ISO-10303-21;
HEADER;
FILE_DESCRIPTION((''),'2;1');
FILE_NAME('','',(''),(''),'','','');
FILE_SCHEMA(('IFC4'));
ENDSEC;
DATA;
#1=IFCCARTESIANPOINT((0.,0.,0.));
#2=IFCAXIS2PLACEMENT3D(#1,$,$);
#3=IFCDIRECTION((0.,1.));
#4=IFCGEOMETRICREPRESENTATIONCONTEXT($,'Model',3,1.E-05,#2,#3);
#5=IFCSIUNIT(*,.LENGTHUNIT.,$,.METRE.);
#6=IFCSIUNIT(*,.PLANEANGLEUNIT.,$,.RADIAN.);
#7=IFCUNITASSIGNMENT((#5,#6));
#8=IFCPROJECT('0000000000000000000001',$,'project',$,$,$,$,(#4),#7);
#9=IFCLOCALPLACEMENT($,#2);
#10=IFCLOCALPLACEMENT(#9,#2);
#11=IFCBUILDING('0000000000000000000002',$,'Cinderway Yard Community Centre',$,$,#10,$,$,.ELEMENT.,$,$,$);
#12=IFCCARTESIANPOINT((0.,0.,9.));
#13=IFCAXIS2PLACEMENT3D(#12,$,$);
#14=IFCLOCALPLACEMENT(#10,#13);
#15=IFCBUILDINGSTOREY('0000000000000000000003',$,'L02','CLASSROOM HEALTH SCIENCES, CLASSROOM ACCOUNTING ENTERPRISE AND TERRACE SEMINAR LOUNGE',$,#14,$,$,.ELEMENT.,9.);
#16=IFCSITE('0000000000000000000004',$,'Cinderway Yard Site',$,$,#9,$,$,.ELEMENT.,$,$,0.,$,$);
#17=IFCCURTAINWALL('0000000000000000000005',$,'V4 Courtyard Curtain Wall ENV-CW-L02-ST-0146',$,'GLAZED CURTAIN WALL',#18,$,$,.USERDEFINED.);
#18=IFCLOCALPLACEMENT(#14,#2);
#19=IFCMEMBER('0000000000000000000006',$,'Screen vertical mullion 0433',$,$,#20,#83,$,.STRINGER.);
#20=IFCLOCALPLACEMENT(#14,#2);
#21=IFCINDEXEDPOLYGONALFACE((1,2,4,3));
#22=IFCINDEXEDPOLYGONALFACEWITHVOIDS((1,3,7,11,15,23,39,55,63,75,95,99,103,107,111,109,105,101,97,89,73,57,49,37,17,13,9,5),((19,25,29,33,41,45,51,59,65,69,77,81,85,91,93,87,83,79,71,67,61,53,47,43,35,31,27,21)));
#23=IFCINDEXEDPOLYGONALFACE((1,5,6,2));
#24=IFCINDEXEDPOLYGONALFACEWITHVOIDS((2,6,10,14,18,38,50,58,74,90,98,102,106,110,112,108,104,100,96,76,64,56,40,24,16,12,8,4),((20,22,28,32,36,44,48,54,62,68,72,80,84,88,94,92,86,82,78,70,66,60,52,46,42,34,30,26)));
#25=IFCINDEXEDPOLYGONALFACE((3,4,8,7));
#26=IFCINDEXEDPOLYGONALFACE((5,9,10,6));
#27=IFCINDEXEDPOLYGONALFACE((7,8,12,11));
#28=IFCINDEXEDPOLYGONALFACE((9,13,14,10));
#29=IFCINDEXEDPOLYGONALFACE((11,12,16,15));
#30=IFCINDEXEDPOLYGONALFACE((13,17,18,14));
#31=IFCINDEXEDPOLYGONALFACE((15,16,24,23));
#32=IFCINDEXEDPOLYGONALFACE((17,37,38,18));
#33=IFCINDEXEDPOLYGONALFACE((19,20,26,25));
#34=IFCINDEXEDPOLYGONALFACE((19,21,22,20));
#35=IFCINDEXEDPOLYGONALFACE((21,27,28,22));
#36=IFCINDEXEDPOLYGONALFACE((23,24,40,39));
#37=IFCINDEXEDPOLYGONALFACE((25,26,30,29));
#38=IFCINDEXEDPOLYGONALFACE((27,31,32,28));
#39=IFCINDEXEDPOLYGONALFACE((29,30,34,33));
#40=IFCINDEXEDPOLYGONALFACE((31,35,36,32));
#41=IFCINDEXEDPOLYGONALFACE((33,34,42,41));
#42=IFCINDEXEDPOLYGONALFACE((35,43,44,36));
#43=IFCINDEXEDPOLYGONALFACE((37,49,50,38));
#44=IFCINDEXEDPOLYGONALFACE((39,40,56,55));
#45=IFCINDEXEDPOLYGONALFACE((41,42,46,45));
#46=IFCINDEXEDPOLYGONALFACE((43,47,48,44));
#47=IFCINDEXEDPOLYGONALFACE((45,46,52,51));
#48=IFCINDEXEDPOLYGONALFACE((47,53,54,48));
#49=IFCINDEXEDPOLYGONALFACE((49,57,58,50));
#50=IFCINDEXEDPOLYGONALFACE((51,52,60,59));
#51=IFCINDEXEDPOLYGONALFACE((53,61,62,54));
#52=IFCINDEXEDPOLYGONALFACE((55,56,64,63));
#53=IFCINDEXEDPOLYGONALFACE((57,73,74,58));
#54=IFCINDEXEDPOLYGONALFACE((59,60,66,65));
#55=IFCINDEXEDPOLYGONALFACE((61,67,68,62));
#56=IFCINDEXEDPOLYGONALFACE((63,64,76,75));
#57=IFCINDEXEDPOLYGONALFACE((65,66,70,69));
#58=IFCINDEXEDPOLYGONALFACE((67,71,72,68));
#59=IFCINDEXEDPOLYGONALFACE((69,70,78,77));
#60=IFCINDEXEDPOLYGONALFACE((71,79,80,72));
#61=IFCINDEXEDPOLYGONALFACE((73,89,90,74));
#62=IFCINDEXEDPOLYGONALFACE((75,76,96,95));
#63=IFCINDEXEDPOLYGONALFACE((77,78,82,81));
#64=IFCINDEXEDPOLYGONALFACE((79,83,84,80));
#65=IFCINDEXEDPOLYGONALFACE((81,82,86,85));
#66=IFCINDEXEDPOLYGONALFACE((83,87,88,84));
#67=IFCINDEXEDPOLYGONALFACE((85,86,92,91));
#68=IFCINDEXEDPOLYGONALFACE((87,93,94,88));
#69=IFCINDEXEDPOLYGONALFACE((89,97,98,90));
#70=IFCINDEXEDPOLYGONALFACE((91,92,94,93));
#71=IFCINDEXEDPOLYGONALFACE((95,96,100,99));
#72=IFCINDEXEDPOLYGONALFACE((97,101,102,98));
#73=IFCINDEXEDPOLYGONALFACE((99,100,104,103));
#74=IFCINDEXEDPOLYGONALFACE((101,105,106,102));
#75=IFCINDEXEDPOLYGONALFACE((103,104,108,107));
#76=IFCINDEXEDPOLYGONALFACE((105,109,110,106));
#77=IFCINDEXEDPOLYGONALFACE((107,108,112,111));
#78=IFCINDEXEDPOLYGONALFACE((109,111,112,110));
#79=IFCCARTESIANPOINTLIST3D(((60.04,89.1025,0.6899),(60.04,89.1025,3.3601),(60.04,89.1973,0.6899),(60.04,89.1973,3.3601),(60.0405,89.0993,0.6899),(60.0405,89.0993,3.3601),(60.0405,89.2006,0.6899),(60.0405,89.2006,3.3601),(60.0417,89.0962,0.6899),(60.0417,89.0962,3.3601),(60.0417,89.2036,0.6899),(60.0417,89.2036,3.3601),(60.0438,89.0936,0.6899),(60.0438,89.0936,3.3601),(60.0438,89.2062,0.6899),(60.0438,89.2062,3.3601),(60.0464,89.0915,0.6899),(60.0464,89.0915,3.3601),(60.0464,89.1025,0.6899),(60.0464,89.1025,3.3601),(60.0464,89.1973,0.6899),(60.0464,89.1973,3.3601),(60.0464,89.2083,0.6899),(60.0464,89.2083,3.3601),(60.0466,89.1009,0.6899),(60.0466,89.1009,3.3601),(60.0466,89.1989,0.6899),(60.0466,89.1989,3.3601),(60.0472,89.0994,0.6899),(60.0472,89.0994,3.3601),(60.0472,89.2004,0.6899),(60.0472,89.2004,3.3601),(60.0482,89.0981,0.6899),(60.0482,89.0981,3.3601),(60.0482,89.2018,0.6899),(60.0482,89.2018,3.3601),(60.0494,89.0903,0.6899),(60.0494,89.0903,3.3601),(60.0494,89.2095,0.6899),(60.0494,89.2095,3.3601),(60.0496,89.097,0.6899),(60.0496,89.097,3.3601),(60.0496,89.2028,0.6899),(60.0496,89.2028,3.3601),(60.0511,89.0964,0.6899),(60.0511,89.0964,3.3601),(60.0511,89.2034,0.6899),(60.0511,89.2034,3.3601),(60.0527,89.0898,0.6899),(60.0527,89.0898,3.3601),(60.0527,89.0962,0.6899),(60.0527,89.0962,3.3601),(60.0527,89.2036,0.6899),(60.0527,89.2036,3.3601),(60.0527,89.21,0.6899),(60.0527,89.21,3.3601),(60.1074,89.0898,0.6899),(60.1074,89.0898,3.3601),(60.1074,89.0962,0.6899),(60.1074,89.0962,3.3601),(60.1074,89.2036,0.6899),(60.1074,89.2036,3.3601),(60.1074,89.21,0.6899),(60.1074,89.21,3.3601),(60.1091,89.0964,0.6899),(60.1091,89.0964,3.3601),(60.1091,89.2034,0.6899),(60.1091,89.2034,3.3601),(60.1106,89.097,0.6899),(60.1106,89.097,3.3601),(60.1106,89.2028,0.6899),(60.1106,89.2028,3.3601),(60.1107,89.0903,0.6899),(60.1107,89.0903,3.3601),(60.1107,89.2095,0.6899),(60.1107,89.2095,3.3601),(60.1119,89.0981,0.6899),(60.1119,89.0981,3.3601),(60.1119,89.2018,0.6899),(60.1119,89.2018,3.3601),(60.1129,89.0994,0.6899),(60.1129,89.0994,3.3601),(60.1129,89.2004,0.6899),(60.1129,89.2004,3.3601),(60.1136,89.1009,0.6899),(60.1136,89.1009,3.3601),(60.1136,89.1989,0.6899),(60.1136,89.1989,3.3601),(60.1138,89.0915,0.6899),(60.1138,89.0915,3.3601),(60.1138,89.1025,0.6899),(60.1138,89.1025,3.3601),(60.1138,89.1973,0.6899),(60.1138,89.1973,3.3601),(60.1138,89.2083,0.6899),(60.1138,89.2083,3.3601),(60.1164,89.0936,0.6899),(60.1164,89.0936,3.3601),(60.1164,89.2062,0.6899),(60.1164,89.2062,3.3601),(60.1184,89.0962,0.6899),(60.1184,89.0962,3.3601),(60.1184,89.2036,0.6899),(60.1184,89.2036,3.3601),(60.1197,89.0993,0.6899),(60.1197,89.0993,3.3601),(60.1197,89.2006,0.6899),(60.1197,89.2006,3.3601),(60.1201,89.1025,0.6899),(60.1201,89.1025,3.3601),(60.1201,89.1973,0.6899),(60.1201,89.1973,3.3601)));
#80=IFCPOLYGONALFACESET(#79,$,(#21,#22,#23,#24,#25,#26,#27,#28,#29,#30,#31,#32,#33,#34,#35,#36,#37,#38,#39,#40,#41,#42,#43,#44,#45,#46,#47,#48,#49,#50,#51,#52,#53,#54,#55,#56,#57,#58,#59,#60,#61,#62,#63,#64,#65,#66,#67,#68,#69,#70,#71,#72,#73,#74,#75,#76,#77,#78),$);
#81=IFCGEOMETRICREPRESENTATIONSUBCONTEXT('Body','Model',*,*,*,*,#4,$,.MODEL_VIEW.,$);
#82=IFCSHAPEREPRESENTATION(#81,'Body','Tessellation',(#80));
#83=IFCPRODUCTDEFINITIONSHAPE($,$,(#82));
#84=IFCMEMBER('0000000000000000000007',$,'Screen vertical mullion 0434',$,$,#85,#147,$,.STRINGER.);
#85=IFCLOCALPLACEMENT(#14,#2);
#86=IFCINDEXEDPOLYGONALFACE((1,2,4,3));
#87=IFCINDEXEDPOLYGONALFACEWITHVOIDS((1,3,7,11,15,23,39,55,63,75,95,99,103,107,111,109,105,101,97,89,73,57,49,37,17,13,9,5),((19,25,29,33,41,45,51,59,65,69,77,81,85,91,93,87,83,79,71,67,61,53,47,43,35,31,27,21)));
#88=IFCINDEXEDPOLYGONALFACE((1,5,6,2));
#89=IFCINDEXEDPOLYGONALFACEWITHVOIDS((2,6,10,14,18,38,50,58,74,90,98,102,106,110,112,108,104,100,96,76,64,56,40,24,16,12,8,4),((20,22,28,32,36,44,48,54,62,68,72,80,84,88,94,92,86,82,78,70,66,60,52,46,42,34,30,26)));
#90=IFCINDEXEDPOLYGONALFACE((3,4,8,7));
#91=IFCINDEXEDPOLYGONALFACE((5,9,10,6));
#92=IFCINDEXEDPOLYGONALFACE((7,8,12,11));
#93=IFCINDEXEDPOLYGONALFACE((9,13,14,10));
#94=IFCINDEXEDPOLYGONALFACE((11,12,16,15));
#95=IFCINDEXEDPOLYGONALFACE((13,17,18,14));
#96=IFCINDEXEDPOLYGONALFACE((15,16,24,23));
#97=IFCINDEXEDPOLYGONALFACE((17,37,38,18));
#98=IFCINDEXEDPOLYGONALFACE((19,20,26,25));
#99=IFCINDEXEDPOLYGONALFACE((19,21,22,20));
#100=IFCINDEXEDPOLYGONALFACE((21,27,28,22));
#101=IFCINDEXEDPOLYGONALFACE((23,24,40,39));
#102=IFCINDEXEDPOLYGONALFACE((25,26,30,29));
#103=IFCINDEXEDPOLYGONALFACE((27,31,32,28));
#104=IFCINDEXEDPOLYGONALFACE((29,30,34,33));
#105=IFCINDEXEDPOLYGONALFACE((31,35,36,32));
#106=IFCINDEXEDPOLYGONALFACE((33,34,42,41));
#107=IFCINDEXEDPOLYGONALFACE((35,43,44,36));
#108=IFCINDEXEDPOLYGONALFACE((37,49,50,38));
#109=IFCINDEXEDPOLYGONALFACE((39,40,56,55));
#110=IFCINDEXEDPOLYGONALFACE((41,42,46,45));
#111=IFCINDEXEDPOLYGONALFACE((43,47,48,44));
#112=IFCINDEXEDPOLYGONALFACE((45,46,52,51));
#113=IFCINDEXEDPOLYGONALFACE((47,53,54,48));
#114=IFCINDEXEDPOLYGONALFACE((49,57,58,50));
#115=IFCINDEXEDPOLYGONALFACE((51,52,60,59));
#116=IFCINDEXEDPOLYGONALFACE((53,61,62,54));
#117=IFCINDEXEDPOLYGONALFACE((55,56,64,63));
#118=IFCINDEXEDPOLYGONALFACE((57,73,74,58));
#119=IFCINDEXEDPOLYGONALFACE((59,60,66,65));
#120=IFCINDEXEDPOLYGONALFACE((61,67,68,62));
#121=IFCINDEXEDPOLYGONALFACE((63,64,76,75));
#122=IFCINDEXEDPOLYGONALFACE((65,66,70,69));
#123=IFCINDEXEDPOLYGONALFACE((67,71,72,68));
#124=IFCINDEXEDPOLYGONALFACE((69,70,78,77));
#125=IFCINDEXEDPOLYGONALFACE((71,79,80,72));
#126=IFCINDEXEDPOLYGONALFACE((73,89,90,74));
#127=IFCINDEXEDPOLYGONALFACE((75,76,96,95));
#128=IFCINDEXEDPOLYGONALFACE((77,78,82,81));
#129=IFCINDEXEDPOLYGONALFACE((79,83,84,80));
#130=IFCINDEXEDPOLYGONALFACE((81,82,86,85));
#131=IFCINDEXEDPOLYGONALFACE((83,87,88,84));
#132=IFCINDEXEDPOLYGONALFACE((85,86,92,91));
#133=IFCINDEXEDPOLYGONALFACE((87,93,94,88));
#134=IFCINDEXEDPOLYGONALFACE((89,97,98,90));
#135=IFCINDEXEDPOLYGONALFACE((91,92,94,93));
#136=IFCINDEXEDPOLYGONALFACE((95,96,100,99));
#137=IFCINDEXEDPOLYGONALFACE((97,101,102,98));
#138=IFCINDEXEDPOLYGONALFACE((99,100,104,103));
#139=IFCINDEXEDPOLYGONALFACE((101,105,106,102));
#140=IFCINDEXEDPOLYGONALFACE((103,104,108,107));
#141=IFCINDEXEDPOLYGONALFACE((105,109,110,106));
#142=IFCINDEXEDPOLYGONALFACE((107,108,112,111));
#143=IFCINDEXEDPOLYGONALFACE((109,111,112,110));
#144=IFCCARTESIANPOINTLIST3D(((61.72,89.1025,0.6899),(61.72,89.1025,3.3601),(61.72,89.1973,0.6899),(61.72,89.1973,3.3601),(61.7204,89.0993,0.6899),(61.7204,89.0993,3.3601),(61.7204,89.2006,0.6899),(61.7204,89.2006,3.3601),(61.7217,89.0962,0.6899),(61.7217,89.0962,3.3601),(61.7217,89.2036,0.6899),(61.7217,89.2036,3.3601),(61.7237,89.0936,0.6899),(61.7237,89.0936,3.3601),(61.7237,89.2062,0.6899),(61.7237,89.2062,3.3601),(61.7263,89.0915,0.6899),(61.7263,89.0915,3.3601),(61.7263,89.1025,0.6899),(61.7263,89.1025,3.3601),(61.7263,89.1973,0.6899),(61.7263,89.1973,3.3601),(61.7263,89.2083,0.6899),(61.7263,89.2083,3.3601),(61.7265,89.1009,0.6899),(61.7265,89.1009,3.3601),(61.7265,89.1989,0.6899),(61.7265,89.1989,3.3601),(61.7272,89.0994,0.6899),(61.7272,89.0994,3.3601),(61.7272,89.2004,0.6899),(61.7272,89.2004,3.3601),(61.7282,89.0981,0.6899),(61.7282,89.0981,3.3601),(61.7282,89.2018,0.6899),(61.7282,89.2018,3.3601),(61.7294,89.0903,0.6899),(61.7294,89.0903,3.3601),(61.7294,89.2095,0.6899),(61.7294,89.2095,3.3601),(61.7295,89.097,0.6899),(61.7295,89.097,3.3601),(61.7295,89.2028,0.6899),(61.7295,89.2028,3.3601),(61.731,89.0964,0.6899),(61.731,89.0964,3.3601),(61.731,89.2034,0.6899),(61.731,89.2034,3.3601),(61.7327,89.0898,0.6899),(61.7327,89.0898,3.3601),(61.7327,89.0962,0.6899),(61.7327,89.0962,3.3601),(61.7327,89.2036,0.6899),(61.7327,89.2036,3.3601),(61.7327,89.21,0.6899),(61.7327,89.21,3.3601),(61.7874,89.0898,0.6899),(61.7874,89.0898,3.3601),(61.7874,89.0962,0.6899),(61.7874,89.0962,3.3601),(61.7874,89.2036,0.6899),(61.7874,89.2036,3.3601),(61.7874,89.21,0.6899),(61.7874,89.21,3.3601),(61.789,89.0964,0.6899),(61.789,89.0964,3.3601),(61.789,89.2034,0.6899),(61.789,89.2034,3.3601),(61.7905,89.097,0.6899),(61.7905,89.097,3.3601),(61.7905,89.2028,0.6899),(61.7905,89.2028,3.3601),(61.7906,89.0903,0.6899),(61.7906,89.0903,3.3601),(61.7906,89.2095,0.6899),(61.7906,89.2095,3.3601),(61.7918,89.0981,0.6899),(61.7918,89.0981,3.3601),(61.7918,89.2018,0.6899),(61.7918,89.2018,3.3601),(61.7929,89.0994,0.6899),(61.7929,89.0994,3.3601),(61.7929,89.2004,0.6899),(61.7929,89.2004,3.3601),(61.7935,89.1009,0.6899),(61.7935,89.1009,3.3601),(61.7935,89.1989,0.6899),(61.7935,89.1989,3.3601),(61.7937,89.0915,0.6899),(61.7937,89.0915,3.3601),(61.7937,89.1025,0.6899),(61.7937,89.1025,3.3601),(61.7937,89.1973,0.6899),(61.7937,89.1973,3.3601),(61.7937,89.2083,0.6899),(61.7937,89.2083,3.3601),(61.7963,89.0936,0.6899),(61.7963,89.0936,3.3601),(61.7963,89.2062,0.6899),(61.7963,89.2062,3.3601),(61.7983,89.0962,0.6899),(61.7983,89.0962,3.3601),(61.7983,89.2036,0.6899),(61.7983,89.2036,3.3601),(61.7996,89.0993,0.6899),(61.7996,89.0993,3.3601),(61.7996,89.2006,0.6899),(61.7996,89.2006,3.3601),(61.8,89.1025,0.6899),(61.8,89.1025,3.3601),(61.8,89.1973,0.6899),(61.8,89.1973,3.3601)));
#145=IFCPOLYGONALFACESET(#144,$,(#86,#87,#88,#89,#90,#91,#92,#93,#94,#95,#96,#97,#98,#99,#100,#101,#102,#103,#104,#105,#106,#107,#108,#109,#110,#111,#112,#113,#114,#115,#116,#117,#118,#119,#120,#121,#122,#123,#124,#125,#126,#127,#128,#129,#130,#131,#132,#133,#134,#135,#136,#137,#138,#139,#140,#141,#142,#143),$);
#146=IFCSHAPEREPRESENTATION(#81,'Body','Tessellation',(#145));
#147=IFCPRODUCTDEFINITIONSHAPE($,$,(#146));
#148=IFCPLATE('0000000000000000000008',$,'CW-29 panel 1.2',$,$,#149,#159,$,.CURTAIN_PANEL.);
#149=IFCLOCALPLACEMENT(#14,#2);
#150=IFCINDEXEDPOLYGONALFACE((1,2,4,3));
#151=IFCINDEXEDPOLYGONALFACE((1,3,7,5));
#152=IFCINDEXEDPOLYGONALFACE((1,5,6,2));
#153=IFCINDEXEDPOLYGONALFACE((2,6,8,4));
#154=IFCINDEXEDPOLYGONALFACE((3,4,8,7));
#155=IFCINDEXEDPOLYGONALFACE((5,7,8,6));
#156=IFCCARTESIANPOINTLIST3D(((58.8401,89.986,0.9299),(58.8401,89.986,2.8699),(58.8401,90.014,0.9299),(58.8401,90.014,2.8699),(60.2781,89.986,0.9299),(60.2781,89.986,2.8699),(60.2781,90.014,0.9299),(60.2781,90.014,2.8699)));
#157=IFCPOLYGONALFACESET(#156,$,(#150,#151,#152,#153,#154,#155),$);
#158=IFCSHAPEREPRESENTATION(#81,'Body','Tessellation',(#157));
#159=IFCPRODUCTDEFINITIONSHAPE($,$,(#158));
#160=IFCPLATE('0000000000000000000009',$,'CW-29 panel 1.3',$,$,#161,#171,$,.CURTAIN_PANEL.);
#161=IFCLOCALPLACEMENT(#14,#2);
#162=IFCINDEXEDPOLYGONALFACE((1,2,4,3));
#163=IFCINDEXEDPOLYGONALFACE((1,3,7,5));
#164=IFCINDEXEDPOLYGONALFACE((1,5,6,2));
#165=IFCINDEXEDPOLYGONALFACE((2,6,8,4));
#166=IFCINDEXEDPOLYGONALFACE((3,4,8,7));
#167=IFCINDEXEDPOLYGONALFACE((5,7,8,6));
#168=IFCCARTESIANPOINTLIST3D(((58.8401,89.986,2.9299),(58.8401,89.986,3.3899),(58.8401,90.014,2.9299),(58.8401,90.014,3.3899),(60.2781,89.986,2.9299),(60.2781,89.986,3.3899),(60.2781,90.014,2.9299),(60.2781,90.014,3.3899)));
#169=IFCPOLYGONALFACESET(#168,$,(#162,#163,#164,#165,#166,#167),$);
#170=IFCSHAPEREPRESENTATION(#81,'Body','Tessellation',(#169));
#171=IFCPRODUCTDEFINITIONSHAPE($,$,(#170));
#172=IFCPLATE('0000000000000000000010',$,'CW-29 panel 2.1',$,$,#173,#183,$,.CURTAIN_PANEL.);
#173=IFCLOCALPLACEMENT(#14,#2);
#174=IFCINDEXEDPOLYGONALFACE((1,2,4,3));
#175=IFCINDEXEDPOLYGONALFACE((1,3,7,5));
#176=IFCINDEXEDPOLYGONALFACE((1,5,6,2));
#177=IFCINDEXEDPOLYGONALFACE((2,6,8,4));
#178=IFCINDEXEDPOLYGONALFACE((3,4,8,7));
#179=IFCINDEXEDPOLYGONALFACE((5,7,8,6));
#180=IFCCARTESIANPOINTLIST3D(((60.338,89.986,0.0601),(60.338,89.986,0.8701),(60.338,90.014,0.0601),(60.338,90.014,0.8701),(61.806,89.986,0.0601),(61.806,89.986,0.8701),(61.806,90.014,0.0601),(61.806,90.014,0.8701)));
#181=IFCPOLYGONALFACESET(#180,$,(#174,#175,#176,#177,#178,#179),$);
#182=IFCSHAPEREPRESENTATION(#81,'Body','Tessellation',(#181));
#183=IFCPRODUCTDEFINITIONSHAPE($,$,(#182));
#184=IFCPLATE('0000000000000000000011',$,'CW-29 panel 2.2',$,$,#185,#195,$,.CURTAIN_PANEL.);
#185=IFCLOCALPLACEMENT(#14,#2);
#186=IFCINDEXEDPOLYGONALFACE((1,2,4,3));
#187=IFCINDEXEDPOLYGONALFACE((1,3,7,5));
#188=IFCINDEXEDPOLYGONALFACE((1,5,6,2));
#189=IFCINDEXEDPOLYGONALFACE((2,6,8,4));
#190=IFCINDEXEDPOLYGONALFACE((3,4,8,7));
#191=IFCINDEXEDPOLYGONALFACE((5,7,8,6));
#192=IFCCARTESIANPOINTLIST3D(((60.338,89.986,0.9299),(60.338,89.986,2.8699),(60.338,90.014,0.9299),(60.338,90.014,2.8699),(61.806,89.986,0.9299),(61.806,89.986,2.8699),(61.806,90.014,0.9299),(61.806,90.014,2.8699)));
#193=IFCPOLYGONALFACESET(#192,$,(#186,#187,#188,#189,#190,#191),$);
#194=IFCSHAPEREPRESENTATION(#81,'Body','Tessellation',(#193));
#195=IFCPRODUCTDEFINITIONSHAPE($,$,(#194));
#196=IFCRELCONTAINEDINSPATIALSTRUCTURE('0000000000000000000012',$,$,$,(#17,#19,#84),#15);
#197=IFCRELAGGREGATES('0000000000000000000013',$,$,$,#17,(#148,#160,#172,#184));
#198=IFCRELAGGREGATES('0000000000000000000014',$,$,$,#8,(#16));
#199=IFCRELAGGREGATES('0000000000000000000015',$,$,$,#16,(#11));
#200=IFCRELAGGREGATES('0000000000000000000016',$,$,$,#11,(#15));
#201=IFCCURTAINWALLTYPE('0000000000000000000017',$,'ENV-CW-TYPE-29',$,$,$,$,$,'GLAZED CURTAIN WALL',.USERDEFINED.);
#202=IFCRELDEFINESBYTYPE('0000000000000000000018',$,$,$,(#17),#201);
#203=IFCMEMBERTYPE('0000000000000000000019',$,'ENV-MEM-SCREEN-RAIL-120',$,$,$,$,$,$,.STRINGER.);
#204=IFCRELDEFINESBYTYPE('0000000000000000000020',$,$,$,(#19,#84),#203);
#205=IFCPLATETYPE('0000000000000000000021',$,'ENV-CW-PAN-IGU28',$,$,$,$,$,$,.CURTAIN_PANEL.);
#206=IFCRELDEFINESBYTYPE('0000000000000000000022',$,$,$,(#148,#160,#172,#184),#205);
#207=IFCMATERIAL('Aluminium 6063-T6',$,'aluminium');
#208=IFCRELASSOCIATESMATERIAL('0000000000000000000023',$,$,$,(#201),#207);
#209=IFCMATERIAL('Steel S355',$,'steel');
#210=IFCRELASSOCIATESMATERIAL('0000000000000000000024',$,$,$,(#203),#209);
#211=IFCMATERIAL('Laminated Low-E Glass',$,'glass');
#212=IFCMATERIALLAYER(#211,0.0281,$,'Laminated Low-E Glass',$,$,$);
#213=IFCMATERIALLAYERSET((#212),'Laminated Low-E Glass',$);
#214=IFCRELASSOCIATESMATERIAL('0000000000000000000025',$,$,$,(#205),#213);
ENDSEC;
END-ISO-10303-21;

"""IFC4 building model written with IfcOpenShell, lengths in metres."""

from ifc_helpers import new_model, si_unit, direction, frame, origin, origin_2d, place, context, subcontext, project, spatial, rectangle, hollow_rectangle, extrude, material, layer, layer_set, material_profile, profile_set, type_object, element, aggregate, save


model = new_model("IFC4")

# Units and contexts
model_context = context("Model", 3, precision=1e-05, world=origin(), true_north=direction((0.0, 1.0)))
body_context = subcontext(model_context, "Body", "Model", "MODEL_VIEW")
ifc_project = project(units=[si_unit("LENGTHUNIT", "METRE"), si_unit("PLANEANGLEUNIT", "RADIAN")], contexts=[model_context])

# Site, building, storey
site_placement = place(None, origin())
site = spatial("IfcSite", under=ifc_project, at=site_placement, Name="Cinderway Yard Site", CompositionType="ELEMENT", RefElevation=0.0)
building_placement = place(site_placement, origin())
building = spatial("IfcBuilding", under=site, at=building_placement, Name="Cinderway Yard Community Centre", CompositionType="ELEMENT")
storey_placement = place(building_placement, frame((0.0, 0.0, 9.0)))
storey = spatial("IfcBuildingStorey", under=building, at=storey_placement, Name="L02", Description="CLASSROOM HEALTH SCIENCES, CLASSROOM ACCOUNTING ENTERPRISE AND TERRACE SEMINAR LOUNGE", CompositionType="ELEMENT", Elevation=9.0)

# Curtain wall
ifc_material_1 = material(Name="Aluminium 6063-T6", Category="aluminium")
curtain_wall_type = type_object("IfcCurtainWallType", Name="ENV-CW-TYPE-29", ElementType="GLAZED CURTAIN WALL", PredefinedType="USERDEFINED", material=ifc_material_1)
curtain_wall_placement = place(storey_placement, origin())
curtain_wall = element("IfcCurtainWall", 1, at=curtain_wall_placement, inside=storey, type_object=curtain_wall_type, Name="V4 Courtyard Curtain Wall ENV-CW-L02-ST-0146", ObjectType="GLAZED CURTAIN WALL", PredefinedType="USERDEFINED")

# Members
ifc_material_2 = material(Name="Steel S355", Category="steel")
ifc_material_profile_1 = material_profile(ifc_material_2, hollow_rectangle(XDim=0.0801, YDim=0.1201, WallThickness=0.0063, InnerFilletRadius=0.0063, OuterFilletRadius=0.0127, at=origin_2d()), Name="Steel S355")
ifc_profile_set_1 = profile_set([ifc_material_profile_1], Name="Steel S355")
member_type_1 = type_object("IfcMemberType", Name="ENV-MEM-SCREEN-RAIL-120", PredefinedType="STRINGER", material=ifc_profile_set_1)
for number, where, z_axis, x_axis, name in (
    (2, (60.0801, 89.1499, 0.6899), (0.0, 0.0, 1.0), (1.0, 0.0, 0.0), "Screen vertical mullion 0433"),
    (3, (61.76, 89.1499, 0.6899), (0.0, 0.0, 1.0), (1.0, 0.0, 0.0), "Screen vertical mullion 0434"),
):
    element("IfcMember", number, at=place(storey_placement, frame(where, z_axis=z_axis, x_axis=x_axis)), inside=storey, type_object=member_type_1, Name=name, PredefinedType="STRINGER", context=body_context, shape_type="SweptSolid", body=[
        extrude(hollow_rectangle(XDim=0.0801, YDim=0.1201, WallThickness=0.0063, InnerFilletRadius=0.0063, OuterFilletRadius=0.0127, at=origin_2d()), origin(), (0.0, 0.0, 1.0), 2.6702),
    ])

# Plates
ifc_material_3 = material(Name="Laminated Low-E Glass", Category="glass")
ifc_layer_1 = layer(ifc_material_3, 0.0281, Name="Laminated Low-E Glass")
ifc_layer_set_1 = layer_set([ifc_layer_1], Name="Laminated Low-E Glass")
plate_type_1 = type_object("IfcPlateType", Name="ENV-CW-PAN-IGU28", PredefinedType="CURTAIN_PANEL", material=ifc_layer_set_1)
plate_1_placement = place(storey_placement, frame((59.5591, 90.0, 0.9299), z_axis=(0.0, 0.0, 1.0), x_axis=(1.0, 0.0, 0.0)))
plate_1 = element("IfcPlate", 4, at=plate_1_placement, type_object=plate_type_1, Name="CW-29 panel 1.2", PredefinedType="CURTAIN_PANEL", context=body_context, shape_type="SweptSolid", body=[
    extrude(rectangle(XDim=1.438, YDim=0.0281, at=origin_2d()), origin(), (0.0, 0.0, 1.0), 1.9399),
])
plate_2_placement = place(storey_placement, frame((59.5591, 90.0, 2.9299), z_axis=(0.0, 0.0, 1.0), x_axis=(1.0, 0.0, 0.0)))
plate_2 = element("IfcPlate", 5, at=plate_2_placement, type_object=plate_type_1, Name="CW-29 panel 1.3", PredefinedType="CURTAIN_PANEL", context=body_context, shape_type="SweptSolid", body=[
    extrude(rectangle(XDim=1.438, YDim=0.0281, at=origin_2d()), origin(), (0.0, 0.0, 1.0), 0.46),
])
plate_3_placement = place(storey_placement, frame((61.072, 90.0, 0.0601), z_axis=(0.0, 0.0, 1.0), x_axis=(1.0, 0.0, 0.0)))
plate_3 = element("IfcPlate", 6, at=plate_3_placement, type_object=plate_type_1, Name="CW-29 panel 2.1", PredefinedType="CURTAIN_PANEL", context=body_context, shape_type="SweptSolid", body=[
    extrude(rectangle(XDim=1.468, YDim=0.0281, at=origin_2d()), origin(), (0.0, 0.0, 1.0), 0.8101),
])
plate_4_placement = place(storey_placement, frame((61.072, 90.0, 0.9299), z_axis=(0.0, 0.0, 1.0), x_axis=(1.0, 0.0, 0.0)))
plate_4 = element("IfcPlate", 7, at=plate_4_placement, type_object=plate_type_1, Name="CW-29 panel 2.2", PredefinedType="CURTAIN_PANEL", context=body_context, shape_type="SweptSolid", body=[
    extrude(rectangle(XDim=1.468, YDim=0.0281, at=origin_2d()), origin(), (0.0, 0.0, 1.0), 1.9399),
])
aggregate(curtain_wall, [plate_1, plate_2, plate_3, plate_4])

save(model, "model.ifc")
